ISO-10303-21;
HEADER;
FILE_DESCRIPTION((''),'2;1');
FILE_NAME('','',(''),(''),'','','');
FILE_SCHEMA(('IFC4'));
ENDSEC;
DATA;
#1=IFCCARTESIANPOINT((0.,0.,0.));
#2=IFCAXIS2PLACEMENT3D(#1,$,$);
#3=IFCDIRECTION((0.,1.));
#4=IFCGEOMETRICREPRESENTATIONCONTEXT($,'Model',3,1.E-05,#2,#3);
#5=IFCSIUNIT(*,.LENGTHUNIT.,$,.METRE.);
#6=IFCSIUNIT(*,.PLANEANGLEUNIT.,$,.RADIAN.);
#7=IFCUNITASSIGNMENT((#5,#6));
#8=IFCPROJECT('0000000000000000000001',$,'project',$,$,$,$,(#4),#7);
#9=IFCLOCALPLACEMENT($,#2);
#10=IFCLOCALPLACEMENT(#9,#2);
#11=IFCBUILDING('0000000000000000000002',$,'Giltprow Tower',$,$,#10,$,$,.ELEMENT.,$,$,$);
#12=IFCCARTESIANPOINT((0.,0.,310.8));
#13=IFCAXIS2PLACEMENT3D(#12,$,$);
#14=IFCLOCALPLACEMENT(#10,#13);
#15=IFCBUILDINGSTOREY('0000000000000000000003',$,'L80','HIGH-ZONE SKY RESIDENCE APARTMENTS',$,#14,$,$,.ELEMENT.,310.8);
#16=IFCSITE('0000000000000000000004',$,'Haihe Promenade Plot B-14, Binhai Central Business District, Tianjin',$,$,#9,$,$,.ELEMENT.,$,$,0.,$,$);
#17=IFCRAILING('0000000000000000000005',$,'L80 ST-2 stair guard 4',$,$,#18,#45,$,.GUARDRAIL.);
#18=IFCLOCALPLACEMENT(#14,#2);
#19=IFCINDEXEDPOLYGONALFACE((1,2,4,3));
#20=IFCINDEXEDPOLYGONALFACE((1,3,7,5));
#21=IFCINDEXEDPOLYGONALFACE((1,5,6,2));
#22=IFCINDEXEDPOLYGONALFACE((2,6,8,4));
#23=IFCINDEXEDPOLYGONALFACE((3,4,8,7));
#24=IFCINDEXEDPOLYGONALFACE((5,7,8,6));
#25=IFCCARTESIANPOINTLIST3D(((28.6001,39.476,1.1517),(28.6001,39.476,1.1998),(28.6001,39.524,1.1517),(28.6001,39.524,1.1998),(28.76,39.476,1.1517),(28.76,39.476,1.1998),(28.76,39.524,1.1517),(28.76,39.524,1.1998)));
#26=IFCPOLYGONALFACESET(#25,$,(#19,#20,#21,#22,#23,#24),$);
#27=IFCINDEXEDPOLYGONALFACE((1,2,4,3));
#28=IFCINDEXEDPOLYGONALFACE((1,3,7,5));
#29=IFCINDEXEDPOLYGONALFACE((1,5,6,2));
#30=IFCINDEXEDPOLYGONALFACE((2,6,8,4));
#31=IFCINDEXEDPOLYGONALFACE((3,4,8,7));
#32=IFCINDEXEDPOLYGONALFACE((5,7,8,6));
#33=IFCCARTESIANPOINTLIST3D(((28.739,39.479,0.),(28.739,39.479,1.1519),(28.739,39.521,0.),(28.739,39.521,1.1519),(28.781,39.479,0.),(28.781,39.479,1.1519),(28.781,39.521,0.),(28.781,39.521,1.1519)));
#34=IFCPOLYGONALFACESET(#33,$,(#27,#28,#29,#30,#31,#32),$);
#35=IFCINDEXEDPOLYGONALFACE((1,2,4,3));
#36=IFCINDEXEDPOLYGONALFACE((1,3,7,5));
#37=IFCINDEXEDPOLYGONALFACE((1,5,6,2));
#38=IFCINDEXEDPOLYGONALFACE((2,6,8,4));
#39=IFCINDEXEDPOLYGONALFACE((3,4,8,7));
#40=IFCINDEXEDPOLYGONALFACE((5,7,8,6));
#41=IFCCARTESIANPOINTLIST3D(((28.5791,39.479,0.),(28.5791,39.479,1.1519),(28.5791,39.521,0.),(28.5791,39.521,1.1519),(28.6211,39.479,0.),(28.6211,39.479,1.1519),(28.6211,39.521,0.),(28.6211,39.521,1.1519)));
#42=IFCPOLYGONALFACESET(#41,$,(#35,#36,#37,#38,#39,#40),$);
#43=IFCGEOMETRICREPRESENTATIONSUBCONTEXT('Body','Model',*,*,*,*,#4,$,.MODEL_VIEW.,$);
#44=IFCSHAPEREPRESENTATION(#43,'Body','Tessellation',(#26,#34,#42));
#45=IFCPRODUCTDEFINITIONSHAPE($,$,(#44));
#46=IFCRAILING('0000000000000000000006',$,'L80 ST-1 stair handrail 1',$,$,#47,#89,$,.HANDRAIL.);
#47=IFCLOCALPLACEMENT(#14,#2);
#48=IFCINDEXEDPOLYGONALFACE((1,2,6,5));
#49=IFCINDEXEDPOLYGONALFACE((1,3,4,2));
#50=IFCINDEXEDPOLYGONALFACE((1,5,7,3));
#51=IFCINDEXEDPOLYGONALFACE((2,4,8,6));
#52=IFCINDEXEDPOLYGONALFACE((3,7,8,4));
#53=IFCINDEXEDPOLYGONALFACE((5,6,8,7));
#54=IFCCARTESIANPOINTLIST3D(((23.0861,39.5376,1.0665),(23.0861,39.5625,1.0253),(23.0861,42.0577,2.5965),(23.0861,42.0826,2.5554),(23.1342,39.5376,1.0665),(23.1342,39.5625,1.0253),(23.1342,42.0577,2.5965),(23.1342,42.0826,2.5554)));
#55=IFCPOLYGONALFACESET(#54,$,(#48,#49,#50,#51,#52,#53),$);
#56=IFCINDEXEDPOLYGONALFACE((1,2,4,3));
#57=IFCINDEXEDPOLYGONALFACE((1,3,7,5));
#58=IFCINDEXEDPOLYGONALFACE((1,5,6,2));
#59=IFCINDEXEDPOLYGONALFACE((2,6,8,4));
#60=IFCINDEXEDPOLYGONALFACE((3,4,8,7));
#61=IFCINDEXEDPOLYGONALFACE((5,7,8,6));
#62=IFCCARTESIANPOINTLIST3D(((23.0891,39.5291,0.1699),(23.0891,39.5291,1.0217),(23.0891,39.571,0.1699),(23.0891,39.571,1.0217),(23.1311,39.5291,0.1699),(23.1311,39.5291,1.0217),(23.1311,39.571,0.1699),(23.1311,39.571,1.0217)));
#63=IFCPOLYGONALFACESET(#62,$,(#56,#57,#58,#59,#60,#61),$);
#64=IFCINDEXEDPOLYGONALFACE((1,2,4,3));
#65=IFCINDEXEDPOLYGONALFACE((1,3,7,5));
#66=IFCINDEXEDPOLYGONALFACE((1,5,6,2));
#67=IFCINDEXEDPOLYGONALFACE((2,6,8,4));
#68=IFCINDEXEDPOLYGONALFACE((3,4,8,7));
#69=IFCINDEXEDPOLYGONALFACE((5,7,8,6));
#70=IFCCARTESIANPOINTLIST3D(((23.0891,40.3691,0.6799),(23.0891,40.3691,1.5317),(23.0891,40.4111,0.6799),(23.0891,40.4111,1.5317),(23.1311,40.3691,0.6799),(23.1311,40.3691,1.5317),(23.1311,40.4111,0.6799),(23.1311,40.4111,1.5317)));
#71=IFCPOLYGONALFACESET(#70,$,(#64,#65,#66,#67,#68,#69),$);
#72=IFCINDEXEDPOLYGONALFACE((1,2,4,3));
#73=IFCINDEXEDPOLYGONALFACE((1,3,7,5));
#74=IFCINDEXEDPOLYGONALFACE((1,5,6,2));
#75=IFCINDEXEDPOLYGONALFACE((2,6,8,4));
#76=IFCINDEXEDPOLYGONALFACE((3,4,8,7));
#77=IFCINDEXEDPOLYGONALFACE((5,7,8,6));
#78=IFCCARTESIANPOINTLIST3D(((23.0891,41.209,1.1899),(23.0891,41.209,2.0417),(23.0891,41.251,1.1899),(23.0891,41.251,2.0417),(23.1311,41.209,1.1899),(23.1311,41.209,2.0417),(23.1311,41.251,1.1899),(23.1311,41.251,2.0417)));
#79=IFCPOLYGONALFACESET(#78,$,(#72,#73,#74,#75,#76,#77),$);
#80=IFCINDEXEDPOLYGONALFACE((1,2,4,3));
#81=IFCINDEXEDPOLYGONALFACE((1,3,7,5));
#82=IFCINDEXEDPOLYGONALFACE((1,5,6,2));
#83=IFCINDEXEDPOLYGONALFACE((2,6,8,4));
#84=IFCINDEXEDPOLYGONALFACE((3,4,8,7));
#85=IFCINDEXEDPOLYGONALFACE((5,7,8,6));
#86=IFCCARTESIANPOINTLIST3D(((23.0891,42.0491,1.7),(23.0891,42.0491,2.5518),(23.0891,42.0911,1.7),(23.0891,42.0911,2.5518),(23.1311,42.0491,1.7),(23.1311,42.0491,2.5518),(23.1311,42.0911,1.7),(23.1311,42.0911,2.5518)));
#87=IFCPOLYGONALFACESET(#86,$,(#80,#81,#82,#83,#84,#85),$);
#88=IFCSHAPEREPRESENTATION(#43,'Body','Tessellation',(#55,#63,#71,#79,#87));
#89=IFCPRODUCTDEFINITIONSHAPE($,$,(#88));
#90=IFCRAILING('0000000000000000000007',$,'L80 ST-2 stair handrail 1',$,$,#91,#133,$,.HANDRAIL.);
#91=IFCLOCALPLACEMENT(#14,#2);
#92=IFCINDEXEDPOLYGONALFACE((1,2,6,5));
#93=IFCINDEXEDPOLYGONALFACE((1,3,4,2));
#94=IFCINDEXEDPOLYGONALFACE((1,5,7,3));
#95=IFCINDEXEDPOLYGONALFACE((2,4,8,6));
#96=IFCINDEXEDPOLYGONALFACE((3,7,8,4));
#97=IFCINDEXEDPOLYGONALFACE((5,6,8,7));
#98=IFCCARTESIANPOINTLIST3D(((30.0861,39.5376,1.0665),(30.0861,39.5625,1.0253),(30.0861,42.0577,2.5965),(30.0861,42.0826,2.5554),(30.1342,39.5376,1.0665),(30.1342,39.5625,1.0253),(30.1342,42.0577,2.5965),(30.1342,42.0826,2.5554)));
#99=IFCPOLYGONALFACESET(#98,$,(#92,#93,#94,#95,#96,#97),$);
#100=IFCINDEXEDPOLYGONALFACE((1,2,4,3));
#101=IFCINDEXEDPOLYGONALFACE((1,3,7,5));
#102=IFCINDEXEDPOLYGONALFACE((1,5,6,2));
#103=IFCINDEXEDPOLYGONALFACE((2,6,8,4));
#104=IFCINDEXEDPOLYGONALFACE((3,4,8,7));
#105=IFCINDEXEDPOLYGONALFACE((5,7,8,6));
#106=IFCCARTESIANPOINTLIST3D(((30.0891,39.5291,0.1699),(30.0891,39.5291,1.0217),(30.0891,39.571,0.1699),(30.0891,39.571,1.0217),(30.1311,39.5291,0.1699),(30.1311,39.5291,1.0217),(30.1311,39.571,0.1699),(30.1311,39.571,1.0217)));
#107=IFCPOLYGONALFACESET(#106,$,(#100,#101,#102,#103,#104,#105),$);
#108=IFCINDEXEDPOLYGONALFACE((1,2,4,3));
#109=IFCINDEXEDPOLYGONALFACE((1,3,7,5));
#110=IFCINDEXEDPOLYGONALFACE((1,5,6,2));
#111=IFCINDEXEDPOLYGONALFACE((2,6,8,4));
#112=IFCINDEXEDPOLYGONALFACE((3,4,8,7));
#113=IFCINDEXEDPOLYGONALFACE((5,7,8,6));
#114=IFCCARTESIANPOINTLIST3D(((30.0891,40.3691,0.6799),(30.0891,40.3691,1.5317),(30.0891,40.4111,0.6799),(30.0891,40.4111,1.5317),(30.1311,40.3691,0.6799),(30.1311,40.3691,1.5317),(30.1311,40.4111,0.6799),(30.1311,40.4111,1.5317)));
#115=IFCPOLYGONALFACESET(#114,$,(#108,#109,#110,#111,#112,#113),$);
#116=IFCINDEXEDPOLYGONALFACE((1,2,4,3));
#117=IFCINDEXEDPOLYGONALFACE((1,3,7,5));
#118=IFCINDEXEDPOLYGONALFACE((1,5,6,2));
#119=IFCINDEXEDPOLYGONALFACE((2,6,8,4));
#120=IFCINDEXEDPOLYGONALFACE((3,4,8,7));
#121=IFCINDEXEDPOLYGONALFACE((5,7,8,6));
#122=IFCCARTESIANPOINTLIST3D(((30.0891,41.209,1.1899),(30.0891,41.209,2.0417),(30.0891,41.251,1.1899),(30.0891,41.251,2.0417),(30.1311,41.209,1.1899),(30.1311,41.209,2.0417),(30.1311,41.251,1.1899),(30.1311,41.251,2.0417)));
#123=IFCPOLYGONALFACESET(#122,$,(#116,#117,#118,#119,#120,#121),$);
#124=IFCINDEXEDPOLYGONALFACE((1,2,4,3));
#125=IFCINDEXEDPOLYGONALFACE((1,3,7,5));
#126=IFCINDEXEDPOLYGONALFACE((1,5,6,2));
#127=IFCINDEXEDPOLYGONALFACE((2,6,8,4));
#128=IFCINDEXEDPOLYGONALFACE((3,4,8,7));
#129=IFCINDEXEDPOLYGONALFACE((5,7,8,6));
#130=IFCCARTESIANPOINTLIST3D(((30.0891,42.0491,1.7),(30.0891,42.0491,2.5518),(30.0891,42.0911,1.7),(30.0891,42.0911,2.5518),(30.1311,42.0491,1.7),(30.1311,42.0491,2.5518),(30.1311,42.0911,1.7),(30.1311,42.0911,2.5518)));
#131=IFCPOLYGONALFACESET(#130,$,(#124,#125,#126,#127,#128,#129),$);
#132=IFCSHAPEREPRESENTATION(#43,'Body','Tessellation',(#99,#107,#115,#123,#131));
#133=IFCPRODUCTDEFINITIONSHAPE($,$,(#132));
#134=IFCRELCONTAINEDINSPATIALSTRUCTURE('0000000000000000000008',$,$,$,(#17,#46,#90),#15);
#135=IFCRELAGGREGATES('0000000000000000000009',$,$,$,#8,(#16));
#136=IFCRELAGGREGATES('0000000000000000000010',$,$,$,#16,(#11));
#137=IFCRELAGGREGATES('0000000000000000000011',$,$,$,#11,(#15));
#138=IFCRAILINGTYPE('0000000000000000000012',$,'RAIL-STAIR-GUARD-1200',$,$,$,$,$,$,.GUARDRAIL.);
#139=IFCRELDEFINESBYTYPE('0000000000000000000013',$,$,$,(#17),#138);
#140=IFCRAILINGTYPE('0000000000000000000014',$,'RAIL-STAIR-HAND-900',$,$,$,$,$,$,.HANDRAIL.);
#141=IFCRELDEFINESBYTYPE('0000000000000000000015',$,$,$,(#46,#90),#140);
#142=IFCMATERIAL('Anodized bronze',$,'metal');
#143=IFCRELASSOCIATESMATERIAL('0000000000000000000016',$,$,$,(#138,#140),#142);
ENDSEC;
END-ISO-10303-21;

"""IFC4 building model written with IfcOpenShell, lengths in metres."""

from ifc_helpers import new_model, si_unit, direction, frame, origin, origin_2d, place, context, subcontext, project, spatial, rectangle, extrude, material, type_object, element, save


model = new_model("IFC4")

# Units and contexts
model_context = context("Model", 3, precision=1e-05, world=origin(), true_north=direction((0.0, 1.0)))
body_context = subcontext(model_context, "Body", "Model", "MODEL_VIEW")
ifc_project = project(units=[si_unit("LENGTHUNIT", "METRE"), si_unit("PLANEANGLEUNIT", "RADIAN")], contexts=[model_context])

# Site, building, storey
site_placement = place(None, origin())
site = spatial("IfcSite", under=ifc_project, at=site_placement, Name="Haihe Promenade Plot B-14, Binhai Central Business District, Tianjin", CompositionType="ELEMENT", RefElevation=0.0)
building_placement = place(site_placement, origin())
building = spatial("IfcBuilding", under=site, at=building_placement, Name="Giltprow Tower", CompositionType="ELEMENT")
storey_placement = place(building_placement, frame((0.0, 0.0, 310.8)))
storey = spatial("IfcBuildingStorey", under=building, at=storey_placement, Name="L80", Description="HIGH-ZONE SKY RESIDENCE APARTMENTS", CompositionType="ELEMENT", Elevation=310.8)

# Railings
ifc_material_1 = material(Name="Anodized bronze", Category="metal")
railing_type_1 = type_object("IfcRailingType", Name="RAIL-STAIR-GUARD-1200", PredefinedType="GUARDRAIL", material=ifc_material_1)
railing_1_placement = place(storey_placement, frame((28.76, 39.5, 0.0)))
element("IfcRailing", 1, at=railing_1_placement, inside=storey, type_object=railing_type_1, Name="L80 ST-2 stair guard 4", PredefinedType="GUARDRAIL", context=body_context, shape_type="SweptSolid", body=[
    extrude(rectangle(XDim=0.0481, YDim=0.0481, at=origin_2d()), frame((0.0, 0.0, 1.1758), z_axis=(-1.0, 0.0, 0.0), x_axis=(0.0, -1.0, 0.0)), (0.0, 0.0, 1.0), 0.1599),
    extrude(rectangle(XDim=0.042, YDim=0.042, at=origin_2d()), origin(), (0.0, 0.0, 1.0), 1.1519),
    extrude(rectangle(XDim=0.042, YDim=0.042, at=origin_2d()), frame((-0.1599, 0.0, 0.0)), (0.0, 0.0, 1.0), 1.1519),
])
railing_type_2 = type_object("IfcRailingType", Name="RAIL-STAIR-HAND-900", PredefinedType="HANDRAIL", material=ifc_material_1)
for number, where, name in (
    (2, (23.1101, 39.55, 0.1699), "L80 ST-1 stair handrail 1"),
    (3, (30.1101, 39.55, 0.1699), "L80 ST-2 stair handrail 1"),
):
    element("IfcRailing", number, at=place(storey_placement, frame(where)), inside=storey, type_object=railing_type_2, Name=name, PredefinedType="HANDRAIL", context=body_context, shape_type="SweptSolid", body=[
        extrude(rectangle(XDim=0.0481, YDim=0.0481, at=origin_2d()), frame((0.0, 0.0, 0.876), z_axis=(0.0, 0.854785, 0.518982), x_axis=(-1.0, 0.0, 0.0)), (0.0, 0.0, 1.0), 2.9482),
        extrude(rectangle(XDim=0.042, YDim=0.042, at=origin_2d()), origin(), (0.0, 0.0, 1.0), 0.8518),
        extrude(rectangle(XDim=0.042, YDim=0.042, at=origin_2d()), frame((0.0, 0.8401, 0.51)), (0.0, 0.0, 1.0), 0.8518),
        extrude(rectangle(XDim=0.042, YDim=0.042, at=origin_2d()), frame((0.0, 1.6799, 1.02)), (0.0, 0.0, 1.0), 0.8518),
        extrude(rectangle(XDim=0.042, YDim=0.042, at=origin_2d()), frame((0.0, 2.52, 1.53)), (0.0, 0.0, 1.0), 0.8518),
    ])

save(model, "model.ifc")
